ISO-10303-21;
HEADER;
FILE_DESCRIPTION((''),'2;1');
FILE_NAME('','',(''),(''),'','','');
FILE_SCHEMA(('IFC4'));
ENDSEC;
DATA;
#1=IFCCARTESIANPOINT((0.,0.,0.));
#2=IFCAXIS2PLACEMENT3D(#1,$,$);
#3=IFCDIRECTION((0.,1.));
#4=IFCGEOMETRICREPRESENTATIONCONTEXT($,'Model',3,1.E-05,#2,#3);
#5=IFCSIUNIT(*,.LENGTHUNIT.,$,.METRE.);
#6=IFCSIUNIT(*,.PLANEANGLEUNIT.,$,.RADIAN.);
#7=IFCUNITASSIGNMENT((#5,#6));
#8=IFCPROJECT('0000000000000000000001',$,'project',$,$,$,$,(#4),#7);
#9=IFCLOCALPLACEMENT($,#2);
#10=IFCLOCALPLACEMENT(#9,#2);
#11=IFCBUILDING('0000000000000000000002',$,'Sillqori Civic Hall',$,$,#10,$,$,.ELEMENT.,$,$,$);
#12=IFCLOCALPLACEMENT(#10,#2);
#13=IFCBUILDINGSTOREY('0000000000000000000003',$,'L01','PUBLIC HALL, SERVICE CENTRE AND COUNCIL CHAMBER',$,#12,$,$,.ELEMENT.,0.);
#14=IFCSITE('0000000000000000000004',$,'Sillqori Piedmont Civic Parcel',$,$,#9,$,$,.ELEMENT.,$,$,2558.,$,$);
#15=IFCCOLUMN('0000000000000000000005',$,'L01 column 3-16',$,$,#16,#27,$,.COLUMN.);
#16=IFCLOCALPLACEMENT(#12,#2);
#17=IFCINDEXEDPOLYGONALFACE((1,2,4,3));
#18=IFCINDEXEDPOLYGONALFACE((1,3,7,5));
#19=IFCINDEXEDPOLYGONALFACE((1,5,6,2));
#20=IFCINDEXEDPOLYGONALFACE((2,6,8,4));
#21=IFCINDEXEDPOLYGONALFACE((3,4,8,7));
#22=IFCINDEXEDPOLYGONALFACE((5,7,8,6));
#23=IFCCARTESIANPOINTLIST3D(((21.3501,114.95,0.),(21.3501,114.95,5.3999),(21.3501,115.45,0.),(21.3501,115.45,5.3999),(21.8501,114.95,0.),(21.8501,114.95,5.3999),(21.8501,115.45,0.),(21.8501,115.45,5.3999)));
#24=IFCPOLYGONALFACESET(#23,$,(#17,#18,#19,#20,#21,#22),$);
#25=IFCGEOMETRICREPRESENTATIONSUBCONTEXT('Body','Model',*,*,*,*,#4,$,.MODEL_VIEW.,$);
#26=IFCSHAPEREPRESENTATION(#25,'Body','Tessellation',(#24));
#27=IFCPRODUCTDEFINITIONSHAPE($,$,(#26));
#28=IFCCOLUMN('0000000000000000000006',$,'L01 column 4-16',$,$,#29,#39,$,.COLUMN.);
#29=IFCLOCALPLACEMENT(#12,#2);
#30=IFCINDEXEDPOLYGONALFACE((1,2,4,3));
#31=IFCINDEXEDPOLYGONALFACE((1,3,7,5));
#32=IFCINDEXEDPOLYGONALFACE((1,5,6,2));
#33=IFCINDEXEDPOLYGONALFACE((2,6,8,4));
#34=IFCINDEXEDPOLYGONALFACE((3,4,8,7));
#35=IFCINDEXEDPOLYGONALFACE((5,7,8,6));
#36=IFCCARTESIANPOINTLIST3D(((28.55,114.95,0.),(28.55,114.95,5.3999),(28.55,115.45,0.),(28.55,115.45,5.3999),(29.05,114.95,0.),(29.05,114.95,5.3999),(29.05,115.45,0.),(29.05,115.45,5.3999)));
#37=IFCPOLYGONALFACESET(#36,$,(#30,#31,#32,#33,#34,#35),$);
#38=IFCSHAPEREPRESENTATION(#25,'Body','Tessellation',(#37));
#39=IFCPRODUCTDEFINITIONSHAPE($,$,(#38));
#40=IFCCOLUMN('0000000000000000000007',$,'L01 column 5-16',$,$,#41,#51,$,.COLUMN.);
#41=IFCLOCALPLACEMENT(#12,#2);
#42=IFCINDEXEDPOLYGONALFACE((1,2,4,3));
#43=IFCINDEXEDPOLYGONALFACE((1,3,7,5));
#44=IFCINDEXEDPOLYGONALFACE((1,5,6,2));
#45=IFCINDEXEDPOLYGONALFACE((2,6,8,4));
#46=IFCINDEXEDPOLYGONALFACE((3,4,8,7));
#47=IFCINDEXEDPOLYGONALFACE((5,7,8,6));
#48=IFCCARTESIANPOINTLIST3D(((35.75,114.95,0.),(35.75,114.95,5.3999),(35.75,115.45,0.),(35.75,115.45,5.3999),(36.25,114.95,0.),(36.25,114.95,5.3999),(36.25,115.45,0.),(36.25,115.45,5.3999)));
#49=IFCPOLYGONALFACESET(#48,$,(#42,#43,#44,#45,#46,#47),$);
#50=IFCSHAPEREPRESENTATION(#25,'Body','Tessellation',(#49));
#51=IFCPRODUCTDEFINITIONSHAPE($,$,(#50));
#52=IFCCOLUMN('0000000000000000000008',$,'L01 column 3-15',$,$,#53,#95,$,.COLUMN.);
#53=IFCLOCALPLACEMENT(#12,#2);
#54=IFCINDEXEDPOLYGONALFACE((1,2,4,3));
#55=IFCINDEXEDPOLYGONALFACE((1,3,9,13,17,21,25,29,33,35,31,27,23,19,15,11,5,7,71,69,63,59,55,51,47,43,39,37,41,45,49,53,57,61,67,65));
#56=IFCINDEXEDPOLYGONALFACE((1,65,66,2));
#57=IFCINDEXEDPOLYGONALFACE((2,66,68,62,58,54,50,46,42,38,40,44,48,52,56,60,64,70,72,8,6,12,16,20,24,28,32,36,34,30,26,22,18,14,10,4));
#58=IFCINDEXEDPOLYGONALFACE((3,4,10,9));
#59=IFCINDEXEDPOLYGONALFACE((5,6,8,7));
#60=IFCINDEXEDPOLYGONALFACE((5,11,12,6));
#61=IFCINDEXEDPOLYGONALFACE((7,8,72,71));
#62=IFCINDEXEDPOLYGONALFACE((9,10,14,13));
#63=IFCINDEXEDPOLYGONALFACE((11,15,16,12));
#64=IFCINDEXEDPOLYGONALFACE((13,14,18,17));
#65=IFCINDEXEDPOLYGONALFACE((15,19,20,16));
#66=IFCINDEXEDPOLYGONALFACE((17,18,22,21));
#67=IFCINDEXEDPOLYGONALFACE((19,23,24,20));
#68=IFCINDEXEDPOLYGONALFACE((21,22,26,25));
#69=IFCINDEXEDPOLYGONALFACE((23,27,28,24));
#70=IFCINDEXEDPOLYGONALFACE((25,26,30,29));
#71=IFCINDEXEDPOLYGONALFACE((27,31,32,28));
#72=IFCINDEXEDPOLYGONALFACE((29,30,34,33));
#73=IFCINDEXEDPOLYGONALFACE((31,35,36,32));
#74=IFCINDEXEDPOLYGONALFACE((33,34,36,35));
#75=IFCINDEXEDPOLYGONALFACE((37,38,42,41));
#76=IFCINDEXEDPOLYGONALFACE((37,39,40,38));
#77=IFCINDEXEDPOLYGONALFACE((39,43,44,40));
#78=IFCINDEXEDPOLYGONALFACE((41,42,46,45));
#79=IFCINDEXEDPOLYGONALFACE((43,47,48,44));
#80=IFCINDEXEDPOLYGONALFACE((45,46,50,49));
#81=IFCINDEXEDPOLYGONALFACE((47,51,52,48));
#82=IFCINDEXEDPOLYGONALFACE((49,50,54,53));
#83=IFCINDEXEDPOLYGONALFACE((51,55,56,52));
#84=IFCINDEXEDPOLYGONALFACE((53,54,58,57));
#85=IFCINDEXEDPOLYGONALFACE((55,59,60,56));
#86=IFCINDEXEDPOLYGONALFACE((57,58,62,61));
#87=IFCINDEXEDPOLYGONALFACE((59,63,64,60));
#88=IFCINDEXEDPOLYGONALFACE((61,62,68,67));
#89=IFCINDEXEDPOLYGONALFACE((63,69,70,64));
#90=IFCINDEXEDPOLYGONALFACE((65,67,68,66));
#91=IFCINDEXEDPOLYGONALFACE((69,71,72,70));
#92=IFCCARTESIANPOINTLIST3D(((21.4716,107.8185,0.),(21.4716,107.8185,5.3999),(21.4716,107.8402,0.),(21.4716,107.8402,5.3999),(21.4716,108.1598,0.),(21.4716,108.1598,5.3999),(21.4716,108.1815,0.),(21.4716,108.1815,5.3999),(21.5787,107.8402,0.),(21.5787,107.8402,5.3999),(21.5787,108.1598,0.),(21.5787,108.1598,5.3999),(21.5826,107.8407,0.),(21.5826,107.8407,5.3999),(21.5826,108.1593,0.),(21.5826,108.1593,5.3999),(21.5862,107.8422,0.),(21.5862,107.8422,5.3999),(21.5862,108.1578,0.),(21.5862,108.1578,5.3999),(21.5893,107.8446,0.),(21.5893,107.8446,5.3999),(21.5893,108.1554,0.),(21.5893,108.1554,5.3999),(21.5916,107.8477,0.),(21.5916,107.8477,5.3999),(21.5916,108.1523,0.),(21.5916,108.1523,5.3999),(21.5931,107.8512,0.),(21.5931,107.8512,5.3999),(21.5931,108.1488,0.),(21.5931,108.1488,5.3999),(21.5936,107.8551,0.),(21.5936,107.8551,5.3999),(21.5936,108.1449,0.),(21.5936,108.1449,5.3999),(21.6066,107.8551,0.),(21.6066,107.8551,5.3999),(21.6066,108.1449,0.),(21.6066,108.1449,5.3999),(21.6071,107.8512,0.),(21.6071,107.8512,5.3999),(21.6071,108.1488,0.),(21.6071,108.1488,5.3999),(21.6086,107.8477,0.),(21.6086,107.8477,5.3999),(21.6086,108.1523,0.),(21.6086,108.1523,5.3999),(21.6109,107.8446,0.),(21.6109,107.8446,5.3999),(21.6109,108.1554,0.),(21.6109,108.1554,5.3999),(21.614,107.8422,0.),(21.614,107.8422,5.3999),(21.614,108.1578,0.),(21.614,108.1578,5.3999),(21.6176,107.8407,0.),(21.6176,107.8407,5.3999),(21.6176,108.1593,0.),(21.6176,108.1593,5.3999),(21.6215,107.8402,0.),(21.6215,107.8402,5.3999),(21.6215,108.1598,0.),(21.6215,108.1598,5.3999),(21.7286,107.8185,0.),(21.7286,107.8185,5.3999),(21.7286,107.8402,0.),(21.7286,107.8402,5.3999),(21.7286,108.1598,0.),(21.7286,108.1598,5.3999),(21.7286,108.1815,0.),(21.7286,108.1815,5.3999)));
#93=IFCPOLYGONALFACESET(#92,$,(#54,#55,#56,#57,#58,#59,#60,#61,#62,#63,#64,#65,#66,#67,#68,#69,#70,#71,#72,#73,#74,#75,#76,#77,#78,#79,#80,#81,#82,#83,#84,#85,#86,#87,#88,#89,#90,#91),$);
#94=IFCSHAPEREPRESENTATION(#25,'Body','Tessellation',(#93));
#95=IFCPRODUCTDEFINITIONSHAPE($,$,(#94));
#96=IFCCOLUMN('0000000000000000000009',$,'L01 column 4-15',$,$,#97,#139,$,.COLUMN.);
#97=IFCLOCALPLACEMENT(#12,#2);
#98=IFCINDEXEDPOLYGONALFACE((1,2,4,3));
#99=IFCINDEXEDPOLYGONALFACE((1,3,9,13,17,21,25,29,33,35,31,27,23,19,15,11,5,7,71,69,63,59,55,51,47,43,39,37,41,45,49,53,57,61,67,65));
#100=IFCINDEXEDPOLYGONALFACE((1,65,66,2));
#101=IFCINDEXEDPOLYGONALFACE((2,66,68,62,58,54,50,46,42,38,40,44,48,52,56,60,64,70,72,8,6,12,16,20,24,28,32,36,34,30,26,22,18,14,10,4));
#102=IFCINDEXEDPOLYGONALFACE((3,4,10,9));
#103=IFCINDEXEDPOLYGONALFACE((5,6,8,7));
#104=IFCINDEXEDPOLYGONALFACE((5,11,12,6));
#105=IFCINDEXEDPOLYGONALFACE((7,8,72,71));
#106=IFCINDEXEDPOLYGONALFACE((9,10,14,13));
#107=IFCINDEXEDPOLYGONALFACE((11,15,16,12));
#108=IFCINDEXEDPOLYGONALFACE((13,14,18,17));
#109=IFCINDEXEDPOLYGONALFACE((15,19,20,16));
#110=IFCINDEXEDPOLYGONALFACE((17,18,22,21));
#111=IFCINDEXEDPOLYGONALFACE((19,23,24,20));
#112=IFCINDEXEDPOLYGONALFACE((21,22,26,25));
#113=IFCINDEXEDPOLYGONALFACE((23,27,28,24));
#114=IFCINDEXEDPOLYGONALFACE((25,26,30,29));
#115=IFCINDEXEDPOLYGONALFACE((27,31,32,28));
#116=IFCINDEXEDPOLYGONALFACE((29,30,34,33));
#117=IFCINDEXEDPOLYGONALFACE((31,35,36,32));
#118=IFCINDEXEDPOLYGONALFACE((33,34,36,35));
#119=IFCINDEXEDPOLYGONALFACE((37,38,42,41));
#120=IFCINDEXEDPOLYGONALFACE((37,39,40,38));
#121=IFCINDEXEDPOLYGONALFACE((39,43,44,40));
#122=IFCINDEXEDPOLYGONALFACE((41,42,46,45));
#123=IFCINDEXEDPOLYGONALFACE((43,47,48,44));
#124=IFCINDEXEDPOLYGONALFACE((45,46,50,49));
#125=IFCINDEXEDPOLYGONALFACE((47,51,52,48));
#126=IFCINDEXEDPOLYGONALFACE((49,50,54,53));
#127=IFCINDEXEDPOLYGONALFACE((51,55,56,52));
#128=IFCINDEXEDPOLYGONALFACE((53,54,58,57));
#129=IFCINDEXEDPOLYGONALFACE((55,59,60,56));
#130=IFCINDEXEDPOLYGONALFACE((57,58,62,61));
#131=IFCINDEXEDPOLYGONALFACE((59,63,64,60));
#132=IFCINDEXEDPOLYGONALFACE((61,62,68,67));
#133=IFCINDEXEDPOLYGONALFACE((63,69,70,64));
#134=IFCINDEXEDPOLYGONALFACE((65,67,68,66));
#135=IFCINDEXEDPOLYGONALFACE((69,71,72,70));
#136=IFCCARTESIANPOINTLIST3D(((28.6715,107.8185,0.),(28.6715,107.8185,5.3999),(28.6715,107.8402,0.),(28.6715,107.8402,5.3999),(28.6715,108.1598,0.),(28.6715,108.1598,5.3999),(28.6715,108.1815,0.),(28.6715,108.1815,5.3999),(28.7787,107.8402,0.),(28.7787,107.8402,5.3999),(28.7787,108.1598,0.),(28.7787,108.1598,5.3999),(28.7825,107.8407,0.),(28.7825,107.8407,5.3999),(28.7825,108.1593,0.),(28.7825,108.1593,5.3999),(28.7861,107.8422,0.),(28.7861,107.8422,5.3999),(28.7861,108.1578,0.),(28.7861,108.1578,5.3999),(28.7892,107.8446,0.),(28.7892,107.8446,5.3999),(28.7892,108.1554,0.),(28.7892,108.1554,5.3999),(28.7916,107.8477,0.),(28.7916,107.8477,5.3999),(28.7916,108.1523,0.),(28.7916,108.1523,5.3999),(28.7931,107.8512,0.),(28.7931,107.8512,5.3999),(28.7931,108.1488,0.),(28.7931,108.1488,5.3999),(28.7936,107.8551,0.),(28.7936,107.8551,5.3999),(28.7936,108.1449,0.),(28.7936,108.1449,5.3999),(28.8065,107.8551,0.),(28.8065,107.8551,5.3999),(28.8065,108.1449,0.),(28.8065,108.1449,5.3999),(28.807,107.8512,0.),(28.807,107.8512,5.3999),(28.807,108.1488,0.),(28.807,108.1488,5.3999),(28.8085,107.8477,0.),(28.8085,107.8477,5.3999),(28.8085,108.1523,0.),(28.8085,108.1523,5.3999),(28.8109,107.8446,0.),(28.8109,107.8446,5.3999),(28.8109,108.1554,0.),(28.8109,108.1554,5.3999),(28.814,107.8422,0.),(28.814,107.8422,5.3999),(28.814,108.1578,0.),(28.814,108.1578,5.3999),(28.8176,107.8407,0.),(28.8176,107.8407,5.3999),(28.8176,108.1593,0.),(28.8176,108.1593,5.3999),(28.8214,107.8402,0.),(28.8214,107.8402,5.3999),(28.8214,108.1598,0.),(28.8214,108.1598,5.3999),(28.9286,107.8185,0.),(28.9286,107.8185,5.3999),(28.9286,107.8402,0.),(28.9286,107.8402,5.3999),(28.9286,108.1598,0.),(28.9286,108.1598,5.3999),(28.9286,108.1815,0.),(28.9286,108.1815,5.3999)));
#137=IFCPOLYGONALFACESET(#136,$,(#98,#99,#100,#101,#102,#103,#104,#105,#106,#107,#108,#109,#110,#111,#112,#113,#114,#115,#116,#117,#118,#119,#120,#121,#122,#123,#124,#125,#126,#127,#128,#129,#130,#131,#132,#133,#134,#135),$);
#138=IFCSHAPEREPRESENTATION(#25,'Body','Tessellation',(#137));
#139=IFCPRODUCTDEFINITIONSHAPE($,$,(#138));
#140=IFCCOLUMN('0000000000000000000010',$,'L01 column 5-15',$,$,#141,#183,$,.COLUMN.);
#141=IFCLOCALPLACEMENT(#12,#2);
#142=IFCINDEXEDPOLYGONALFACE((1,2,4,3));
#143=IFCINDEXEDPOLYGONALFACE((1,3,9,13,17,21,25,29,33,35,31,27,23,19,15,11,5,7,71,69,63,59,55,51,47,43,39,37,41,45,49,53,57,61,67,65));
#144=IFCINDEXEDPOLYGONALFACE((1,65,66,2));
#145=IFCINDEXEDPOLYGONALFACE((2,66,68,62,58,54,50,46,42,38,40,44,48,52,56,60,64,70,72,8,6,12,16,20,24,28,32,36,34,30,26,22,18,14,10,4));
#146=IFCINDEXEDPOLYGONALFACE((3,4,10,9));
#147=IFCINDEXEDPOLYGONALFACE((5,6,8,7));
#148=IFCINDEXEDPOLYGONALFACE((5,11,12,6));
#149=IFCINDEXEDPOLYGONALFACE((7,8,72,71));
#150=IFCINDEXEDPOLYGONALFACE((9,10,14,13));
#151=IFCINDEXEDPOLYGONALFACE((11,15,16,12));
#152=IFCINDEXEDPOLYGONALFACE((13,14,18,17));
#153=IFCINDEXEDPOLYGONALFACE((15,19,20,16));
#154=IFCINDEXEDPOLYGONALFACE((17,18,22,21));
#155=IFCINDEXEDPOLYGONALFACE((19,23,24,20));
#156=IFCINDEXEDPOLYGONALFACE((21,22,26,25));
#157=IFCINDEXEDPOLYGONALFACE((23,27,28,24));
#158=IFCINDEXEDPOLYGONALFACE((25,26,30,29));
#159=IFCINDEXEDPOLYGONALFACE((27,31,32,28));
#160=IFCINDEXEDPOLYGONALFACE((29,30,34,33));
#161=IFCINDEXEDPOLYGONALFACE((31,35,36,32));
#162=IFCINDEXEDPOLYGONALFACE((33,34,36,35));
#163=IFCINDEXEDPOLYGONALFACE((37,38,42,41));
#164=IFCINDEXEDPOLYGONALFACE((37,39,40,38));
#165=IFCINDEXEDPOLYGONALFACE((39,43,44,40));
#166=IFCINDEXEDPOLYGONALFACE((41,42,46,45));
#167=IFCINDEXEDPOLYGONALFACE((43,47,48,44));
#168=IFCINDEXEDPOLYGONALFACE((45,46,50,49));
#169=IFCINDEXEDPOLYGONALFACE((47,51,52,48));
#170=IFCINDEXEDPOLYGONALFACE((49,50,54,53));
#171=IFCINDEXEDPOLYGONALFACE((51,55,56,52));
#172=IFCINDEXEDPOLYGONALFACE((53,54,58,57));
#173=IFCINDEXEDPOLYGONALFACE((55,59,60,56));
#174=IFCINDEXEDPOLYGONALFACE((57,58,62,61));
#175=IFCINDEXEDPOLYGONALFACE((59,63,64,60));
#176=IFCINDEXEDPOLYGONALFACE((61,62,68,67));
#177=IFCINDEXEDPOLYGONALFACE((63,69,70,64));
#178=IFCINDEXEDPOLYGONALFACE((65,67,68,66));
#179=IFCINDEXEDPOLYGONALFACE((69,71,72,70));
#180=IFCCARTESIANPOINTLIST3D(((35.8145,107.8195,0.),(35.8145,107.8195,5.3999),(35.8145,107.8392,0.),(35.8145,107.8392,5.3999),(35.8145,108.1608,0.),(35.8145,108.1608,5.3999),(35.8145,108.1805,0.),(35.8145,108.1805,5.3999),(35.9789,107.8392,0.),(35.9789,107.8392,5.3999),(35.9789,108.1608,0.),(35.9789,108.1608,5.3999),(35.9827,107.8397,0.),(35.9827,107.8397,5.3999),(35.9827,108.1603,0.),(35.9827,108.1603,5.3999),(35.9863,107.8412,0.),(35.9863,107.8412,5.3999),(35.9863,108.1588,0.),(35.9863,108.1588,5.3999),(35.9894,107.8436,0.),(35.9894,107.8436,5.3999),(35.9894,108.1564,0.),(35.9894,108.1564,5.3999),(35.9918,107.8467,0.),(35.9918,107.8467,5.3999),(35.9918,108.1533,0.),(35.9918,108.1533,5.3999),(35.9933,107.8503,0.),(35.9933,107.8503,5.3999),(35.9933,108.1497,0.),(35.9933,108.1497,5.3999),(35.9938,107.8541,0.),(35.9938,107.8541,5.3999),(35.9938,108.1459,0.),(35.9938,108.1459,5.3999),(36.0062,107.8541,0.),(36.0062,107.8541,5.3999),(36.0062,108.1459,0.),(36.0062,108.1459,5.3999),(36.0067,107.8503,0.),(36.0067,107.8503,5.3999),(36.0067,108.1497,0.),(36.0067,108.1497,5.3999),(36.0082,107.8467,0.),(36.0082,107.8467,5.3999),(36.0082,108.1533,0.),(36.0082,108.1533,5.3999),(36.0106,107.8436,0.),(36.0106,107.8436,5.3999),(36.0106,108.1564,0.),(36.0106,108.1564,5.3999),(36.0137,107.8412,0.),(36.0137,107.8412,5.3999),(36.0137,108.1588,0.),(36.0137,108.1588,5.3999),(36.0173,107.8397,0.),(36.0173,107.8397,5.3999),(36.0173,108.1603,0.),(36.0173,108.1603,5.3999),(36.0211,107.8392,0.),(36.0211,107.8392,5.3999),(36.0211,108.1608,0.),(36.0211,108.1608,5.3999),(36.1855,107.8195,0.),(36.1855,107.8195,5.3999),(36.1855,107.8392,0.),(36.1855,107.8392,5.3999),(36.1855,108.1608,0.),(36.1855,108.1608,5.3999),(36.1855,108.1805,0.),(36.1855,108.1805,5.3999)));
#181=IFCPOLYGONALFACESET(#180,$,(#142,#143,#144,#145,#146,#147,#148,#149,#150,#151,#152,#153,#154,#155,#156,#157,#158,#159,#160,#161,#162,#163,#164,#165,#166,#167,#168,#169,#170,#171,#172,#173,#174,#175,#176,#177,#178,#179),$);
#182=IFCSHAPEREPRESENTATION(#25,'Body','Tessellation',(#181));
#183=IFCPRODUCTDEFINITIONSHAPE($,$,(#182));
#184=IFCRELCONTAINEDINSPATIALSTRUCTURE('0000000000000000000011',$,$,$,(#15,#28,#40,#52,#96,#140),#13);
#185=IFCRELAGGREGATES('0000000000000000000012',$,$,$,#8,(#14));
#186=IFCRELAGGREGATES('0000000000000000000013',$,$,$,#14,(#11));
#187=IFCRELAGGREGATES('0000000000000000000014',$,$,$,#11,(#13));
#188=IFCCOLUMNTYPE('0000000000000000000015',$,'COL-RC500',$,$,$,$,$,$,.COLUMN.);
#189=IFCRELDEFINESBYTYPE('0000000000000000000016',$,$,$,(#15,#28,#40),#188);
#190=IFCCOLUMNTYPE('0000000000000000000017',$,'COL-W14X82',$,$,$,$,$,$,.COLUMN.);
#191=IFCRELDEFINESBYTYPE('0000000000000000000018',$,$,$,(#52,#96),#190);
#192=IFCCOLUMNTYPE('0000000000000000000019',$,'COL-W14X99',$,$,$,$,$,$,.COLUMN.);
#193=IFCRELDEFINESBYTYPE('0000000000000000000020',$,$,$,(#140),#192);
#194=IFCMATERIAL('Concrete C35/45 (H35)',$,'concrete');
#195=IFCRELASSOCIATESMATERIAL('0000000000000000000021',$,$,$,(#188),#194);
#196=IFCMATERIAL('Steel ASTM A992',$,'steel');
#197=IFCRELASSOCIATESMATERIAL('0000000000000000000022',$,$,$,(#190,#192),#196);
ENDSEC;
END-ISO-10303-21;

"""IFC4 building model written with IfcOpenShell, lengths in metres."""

from ifc_helpers import new_model, si_unit, direction, frame, origin, origin_2d, place, context, subcontext, project, spatial, rectangle, i_section, extrude, material, material_profile, profile_set, type_object, element, save


model = new_model("IFC4")

# Units and contexts
model_context = context("Model", 3, precision=1e-05, world=origin(), true_north=direction((0.0, 1.0)))
body_context = subcontext(model_context, "Body", "Model", "MODEL_VIEW")
ifc_project = project(units=[si_unit("LENGTHUNIT", "METRE"), si_unit("PLANEANGLEUNIT", "RADIAN")], contexts=[model_context])

# Site, building, storey
site_placement = place(None, origin())
site = spatial("IfcSite", under=ifc_project, at=site_placement, Name="Sillqori Piedmont Civic Parcel", CompositionType="ELEMENT", RefElevation=2558.0)
building_placement = place(site_placement, origin())
building = spatial("IfcBuilding", under=site, at=building_placement, Name="Sillqori Civic Hall", CompositionType="ELEMENT")
storey_placement = place(building_placement, origin())
storey = spatial("IfcBuildingStorey", under=building, at=storey_placement, Name="L01", Description="PUBLIC HALL, SERVICE CENTRE AND COUNCIL CHAMBER", CompositionType="ELEMENT", Elevation=0.0)

# Columns
ifc_material_1 = material(Name="Concrete C35/45 (H35)", Category="concrete")
ifc_material_profile_1 = material_profile(ifc_material_1, rectangle(XDim=0.5, YDim=0.5, at=origin_2d()), Name="RC 500x500")
ifc_profile_set_1 = profile_set([ifc_material_profile_1], Name="Concrete C35/45 (H35)")
column_type_1 = type_object("IfcColumnType", Name="COL-RC500", PredefinedType="COLUMN", material=ifc_profile_set_1)
for number, where, z_axis, x_axis, name in (
    (1, (21.6001, 115.2, 0.0), (0.0, 0.0, 1.0), (1.0, 0.0, 0.0), "L01 column 3-16"),
    (2, (28.8, 115.2, 0.0), (0.0, 0.0, 1.0), (1.0, 0.0, 0.0), "L01 column 4-16"),
    (3, (36.0, 115.2, 0.0), (0.0, 0.0, 1.0), (1.0, 0.0, 0.0), "L01 column 5-16"),
):
    element("IfcColumn", number, at=place(storey_placement, frame(where, z_axis=z_axis, x_axis=x_axis)), inside=storey, type_object=column_type_1, Name=name, PredefinedType="COLUMN", context=body_context, shape_type="SweptSolid", body=[
        extrude(rectangle(XDim=0.5, YDim=0.5, at=origin_2d()), origin(), (0.0, 0.0, 1.0), 5.3999),
    ])
ifc_material_2 = material(Name="Steel ASTM A992", Category="steel")
ifc_material_profile_2 = material_profile(ifc_material_2, i_section(OverallWidth=0.2571, OverallDepth=0.363, WebThickness=0.0129, FlangeThickness=0.0217, FilletRadius=0.0149, at=origin_2d()), Name="W14X82")
ifc_profile_set_2 = profile_set([ifc_material_profile_2], Name="Steel ASTM A992")
column_type_2 = type_object("IfcColumnType", Name="COL-W14X82", PredefinedType="COLUMN", material=ifc_profile_set_2)
for number, where, z_axis, x_axis, name in (
    (4, (21.6001, 108.0, 0.0), (0.0, 0.0, 1.0), (1.0, 0.0, 0.0), "L01 column 3-15"),
    (5, (28.8, 108.0, 0.0), (0.0, 0.0, 1.0), (1.0, 0.0, 0.0), "L01 column 4-15"),
):
    element("IfcColumn", number, at=place(storey_placement, frame(where, z_axis=z_axis, x_axis=x_axis)), inside=storey, type_object=column_type_2, Name=name, PredefinedType="COLUMN", context=body_context, shape_type="SweptSolid", body=[
        extrude(i_section(OverallWidth=0.2571, OverallDepth=0.363, WebThickness=0.0129, FlangeThickness=0.0217, FilletRadius=0.0149, at=origin_2d()), origin(), (0.0, 0.0, 1.0), 5.3999),
    ])
ifc_material_profile_3 = material_profile(ifc_material_2, i_section(OverallWidth=0.3711, OverallDepth=0.3611, WebThickness=0.0125, FlangeThickness=0.0198, FilletRadius=0.0149, at=origin_2d()), Name="W14X99")
ifc_profile_set_3 = profile_set([ifc_material_profile_3], Name="Steel ASTM A992")
column_type_3 = type_object("IfcColumnType", Name="COL-W14X99", PredefinedType="COLUMN", material=ifc_profile_set_3)
column_placement = place(storey_placement, frame((36.0, 108.0, 0.0), z_axis=(0.0, 0.0, 1.0), x_axis=(1.0, 0.0, 0.0)))
element("IfcColumn", 6, at=column_placement, inside=storey, type_object=column_type_3, Name="L01 column 5-15", PredefinedType="COLUMN", context=body_context, shape_type="SweptSolid", body=[
    extrude(i_section(OverallWidth=0.3711, OverallDepth=0.3611, WebThickness=0.0125, FlangeThickness=0.0198, FilletRadius=0.0149, at=origin_2d()), origin(), (0.0, 0.0, 1.0), 5.3999),
])

save(model, "model.ifc")
